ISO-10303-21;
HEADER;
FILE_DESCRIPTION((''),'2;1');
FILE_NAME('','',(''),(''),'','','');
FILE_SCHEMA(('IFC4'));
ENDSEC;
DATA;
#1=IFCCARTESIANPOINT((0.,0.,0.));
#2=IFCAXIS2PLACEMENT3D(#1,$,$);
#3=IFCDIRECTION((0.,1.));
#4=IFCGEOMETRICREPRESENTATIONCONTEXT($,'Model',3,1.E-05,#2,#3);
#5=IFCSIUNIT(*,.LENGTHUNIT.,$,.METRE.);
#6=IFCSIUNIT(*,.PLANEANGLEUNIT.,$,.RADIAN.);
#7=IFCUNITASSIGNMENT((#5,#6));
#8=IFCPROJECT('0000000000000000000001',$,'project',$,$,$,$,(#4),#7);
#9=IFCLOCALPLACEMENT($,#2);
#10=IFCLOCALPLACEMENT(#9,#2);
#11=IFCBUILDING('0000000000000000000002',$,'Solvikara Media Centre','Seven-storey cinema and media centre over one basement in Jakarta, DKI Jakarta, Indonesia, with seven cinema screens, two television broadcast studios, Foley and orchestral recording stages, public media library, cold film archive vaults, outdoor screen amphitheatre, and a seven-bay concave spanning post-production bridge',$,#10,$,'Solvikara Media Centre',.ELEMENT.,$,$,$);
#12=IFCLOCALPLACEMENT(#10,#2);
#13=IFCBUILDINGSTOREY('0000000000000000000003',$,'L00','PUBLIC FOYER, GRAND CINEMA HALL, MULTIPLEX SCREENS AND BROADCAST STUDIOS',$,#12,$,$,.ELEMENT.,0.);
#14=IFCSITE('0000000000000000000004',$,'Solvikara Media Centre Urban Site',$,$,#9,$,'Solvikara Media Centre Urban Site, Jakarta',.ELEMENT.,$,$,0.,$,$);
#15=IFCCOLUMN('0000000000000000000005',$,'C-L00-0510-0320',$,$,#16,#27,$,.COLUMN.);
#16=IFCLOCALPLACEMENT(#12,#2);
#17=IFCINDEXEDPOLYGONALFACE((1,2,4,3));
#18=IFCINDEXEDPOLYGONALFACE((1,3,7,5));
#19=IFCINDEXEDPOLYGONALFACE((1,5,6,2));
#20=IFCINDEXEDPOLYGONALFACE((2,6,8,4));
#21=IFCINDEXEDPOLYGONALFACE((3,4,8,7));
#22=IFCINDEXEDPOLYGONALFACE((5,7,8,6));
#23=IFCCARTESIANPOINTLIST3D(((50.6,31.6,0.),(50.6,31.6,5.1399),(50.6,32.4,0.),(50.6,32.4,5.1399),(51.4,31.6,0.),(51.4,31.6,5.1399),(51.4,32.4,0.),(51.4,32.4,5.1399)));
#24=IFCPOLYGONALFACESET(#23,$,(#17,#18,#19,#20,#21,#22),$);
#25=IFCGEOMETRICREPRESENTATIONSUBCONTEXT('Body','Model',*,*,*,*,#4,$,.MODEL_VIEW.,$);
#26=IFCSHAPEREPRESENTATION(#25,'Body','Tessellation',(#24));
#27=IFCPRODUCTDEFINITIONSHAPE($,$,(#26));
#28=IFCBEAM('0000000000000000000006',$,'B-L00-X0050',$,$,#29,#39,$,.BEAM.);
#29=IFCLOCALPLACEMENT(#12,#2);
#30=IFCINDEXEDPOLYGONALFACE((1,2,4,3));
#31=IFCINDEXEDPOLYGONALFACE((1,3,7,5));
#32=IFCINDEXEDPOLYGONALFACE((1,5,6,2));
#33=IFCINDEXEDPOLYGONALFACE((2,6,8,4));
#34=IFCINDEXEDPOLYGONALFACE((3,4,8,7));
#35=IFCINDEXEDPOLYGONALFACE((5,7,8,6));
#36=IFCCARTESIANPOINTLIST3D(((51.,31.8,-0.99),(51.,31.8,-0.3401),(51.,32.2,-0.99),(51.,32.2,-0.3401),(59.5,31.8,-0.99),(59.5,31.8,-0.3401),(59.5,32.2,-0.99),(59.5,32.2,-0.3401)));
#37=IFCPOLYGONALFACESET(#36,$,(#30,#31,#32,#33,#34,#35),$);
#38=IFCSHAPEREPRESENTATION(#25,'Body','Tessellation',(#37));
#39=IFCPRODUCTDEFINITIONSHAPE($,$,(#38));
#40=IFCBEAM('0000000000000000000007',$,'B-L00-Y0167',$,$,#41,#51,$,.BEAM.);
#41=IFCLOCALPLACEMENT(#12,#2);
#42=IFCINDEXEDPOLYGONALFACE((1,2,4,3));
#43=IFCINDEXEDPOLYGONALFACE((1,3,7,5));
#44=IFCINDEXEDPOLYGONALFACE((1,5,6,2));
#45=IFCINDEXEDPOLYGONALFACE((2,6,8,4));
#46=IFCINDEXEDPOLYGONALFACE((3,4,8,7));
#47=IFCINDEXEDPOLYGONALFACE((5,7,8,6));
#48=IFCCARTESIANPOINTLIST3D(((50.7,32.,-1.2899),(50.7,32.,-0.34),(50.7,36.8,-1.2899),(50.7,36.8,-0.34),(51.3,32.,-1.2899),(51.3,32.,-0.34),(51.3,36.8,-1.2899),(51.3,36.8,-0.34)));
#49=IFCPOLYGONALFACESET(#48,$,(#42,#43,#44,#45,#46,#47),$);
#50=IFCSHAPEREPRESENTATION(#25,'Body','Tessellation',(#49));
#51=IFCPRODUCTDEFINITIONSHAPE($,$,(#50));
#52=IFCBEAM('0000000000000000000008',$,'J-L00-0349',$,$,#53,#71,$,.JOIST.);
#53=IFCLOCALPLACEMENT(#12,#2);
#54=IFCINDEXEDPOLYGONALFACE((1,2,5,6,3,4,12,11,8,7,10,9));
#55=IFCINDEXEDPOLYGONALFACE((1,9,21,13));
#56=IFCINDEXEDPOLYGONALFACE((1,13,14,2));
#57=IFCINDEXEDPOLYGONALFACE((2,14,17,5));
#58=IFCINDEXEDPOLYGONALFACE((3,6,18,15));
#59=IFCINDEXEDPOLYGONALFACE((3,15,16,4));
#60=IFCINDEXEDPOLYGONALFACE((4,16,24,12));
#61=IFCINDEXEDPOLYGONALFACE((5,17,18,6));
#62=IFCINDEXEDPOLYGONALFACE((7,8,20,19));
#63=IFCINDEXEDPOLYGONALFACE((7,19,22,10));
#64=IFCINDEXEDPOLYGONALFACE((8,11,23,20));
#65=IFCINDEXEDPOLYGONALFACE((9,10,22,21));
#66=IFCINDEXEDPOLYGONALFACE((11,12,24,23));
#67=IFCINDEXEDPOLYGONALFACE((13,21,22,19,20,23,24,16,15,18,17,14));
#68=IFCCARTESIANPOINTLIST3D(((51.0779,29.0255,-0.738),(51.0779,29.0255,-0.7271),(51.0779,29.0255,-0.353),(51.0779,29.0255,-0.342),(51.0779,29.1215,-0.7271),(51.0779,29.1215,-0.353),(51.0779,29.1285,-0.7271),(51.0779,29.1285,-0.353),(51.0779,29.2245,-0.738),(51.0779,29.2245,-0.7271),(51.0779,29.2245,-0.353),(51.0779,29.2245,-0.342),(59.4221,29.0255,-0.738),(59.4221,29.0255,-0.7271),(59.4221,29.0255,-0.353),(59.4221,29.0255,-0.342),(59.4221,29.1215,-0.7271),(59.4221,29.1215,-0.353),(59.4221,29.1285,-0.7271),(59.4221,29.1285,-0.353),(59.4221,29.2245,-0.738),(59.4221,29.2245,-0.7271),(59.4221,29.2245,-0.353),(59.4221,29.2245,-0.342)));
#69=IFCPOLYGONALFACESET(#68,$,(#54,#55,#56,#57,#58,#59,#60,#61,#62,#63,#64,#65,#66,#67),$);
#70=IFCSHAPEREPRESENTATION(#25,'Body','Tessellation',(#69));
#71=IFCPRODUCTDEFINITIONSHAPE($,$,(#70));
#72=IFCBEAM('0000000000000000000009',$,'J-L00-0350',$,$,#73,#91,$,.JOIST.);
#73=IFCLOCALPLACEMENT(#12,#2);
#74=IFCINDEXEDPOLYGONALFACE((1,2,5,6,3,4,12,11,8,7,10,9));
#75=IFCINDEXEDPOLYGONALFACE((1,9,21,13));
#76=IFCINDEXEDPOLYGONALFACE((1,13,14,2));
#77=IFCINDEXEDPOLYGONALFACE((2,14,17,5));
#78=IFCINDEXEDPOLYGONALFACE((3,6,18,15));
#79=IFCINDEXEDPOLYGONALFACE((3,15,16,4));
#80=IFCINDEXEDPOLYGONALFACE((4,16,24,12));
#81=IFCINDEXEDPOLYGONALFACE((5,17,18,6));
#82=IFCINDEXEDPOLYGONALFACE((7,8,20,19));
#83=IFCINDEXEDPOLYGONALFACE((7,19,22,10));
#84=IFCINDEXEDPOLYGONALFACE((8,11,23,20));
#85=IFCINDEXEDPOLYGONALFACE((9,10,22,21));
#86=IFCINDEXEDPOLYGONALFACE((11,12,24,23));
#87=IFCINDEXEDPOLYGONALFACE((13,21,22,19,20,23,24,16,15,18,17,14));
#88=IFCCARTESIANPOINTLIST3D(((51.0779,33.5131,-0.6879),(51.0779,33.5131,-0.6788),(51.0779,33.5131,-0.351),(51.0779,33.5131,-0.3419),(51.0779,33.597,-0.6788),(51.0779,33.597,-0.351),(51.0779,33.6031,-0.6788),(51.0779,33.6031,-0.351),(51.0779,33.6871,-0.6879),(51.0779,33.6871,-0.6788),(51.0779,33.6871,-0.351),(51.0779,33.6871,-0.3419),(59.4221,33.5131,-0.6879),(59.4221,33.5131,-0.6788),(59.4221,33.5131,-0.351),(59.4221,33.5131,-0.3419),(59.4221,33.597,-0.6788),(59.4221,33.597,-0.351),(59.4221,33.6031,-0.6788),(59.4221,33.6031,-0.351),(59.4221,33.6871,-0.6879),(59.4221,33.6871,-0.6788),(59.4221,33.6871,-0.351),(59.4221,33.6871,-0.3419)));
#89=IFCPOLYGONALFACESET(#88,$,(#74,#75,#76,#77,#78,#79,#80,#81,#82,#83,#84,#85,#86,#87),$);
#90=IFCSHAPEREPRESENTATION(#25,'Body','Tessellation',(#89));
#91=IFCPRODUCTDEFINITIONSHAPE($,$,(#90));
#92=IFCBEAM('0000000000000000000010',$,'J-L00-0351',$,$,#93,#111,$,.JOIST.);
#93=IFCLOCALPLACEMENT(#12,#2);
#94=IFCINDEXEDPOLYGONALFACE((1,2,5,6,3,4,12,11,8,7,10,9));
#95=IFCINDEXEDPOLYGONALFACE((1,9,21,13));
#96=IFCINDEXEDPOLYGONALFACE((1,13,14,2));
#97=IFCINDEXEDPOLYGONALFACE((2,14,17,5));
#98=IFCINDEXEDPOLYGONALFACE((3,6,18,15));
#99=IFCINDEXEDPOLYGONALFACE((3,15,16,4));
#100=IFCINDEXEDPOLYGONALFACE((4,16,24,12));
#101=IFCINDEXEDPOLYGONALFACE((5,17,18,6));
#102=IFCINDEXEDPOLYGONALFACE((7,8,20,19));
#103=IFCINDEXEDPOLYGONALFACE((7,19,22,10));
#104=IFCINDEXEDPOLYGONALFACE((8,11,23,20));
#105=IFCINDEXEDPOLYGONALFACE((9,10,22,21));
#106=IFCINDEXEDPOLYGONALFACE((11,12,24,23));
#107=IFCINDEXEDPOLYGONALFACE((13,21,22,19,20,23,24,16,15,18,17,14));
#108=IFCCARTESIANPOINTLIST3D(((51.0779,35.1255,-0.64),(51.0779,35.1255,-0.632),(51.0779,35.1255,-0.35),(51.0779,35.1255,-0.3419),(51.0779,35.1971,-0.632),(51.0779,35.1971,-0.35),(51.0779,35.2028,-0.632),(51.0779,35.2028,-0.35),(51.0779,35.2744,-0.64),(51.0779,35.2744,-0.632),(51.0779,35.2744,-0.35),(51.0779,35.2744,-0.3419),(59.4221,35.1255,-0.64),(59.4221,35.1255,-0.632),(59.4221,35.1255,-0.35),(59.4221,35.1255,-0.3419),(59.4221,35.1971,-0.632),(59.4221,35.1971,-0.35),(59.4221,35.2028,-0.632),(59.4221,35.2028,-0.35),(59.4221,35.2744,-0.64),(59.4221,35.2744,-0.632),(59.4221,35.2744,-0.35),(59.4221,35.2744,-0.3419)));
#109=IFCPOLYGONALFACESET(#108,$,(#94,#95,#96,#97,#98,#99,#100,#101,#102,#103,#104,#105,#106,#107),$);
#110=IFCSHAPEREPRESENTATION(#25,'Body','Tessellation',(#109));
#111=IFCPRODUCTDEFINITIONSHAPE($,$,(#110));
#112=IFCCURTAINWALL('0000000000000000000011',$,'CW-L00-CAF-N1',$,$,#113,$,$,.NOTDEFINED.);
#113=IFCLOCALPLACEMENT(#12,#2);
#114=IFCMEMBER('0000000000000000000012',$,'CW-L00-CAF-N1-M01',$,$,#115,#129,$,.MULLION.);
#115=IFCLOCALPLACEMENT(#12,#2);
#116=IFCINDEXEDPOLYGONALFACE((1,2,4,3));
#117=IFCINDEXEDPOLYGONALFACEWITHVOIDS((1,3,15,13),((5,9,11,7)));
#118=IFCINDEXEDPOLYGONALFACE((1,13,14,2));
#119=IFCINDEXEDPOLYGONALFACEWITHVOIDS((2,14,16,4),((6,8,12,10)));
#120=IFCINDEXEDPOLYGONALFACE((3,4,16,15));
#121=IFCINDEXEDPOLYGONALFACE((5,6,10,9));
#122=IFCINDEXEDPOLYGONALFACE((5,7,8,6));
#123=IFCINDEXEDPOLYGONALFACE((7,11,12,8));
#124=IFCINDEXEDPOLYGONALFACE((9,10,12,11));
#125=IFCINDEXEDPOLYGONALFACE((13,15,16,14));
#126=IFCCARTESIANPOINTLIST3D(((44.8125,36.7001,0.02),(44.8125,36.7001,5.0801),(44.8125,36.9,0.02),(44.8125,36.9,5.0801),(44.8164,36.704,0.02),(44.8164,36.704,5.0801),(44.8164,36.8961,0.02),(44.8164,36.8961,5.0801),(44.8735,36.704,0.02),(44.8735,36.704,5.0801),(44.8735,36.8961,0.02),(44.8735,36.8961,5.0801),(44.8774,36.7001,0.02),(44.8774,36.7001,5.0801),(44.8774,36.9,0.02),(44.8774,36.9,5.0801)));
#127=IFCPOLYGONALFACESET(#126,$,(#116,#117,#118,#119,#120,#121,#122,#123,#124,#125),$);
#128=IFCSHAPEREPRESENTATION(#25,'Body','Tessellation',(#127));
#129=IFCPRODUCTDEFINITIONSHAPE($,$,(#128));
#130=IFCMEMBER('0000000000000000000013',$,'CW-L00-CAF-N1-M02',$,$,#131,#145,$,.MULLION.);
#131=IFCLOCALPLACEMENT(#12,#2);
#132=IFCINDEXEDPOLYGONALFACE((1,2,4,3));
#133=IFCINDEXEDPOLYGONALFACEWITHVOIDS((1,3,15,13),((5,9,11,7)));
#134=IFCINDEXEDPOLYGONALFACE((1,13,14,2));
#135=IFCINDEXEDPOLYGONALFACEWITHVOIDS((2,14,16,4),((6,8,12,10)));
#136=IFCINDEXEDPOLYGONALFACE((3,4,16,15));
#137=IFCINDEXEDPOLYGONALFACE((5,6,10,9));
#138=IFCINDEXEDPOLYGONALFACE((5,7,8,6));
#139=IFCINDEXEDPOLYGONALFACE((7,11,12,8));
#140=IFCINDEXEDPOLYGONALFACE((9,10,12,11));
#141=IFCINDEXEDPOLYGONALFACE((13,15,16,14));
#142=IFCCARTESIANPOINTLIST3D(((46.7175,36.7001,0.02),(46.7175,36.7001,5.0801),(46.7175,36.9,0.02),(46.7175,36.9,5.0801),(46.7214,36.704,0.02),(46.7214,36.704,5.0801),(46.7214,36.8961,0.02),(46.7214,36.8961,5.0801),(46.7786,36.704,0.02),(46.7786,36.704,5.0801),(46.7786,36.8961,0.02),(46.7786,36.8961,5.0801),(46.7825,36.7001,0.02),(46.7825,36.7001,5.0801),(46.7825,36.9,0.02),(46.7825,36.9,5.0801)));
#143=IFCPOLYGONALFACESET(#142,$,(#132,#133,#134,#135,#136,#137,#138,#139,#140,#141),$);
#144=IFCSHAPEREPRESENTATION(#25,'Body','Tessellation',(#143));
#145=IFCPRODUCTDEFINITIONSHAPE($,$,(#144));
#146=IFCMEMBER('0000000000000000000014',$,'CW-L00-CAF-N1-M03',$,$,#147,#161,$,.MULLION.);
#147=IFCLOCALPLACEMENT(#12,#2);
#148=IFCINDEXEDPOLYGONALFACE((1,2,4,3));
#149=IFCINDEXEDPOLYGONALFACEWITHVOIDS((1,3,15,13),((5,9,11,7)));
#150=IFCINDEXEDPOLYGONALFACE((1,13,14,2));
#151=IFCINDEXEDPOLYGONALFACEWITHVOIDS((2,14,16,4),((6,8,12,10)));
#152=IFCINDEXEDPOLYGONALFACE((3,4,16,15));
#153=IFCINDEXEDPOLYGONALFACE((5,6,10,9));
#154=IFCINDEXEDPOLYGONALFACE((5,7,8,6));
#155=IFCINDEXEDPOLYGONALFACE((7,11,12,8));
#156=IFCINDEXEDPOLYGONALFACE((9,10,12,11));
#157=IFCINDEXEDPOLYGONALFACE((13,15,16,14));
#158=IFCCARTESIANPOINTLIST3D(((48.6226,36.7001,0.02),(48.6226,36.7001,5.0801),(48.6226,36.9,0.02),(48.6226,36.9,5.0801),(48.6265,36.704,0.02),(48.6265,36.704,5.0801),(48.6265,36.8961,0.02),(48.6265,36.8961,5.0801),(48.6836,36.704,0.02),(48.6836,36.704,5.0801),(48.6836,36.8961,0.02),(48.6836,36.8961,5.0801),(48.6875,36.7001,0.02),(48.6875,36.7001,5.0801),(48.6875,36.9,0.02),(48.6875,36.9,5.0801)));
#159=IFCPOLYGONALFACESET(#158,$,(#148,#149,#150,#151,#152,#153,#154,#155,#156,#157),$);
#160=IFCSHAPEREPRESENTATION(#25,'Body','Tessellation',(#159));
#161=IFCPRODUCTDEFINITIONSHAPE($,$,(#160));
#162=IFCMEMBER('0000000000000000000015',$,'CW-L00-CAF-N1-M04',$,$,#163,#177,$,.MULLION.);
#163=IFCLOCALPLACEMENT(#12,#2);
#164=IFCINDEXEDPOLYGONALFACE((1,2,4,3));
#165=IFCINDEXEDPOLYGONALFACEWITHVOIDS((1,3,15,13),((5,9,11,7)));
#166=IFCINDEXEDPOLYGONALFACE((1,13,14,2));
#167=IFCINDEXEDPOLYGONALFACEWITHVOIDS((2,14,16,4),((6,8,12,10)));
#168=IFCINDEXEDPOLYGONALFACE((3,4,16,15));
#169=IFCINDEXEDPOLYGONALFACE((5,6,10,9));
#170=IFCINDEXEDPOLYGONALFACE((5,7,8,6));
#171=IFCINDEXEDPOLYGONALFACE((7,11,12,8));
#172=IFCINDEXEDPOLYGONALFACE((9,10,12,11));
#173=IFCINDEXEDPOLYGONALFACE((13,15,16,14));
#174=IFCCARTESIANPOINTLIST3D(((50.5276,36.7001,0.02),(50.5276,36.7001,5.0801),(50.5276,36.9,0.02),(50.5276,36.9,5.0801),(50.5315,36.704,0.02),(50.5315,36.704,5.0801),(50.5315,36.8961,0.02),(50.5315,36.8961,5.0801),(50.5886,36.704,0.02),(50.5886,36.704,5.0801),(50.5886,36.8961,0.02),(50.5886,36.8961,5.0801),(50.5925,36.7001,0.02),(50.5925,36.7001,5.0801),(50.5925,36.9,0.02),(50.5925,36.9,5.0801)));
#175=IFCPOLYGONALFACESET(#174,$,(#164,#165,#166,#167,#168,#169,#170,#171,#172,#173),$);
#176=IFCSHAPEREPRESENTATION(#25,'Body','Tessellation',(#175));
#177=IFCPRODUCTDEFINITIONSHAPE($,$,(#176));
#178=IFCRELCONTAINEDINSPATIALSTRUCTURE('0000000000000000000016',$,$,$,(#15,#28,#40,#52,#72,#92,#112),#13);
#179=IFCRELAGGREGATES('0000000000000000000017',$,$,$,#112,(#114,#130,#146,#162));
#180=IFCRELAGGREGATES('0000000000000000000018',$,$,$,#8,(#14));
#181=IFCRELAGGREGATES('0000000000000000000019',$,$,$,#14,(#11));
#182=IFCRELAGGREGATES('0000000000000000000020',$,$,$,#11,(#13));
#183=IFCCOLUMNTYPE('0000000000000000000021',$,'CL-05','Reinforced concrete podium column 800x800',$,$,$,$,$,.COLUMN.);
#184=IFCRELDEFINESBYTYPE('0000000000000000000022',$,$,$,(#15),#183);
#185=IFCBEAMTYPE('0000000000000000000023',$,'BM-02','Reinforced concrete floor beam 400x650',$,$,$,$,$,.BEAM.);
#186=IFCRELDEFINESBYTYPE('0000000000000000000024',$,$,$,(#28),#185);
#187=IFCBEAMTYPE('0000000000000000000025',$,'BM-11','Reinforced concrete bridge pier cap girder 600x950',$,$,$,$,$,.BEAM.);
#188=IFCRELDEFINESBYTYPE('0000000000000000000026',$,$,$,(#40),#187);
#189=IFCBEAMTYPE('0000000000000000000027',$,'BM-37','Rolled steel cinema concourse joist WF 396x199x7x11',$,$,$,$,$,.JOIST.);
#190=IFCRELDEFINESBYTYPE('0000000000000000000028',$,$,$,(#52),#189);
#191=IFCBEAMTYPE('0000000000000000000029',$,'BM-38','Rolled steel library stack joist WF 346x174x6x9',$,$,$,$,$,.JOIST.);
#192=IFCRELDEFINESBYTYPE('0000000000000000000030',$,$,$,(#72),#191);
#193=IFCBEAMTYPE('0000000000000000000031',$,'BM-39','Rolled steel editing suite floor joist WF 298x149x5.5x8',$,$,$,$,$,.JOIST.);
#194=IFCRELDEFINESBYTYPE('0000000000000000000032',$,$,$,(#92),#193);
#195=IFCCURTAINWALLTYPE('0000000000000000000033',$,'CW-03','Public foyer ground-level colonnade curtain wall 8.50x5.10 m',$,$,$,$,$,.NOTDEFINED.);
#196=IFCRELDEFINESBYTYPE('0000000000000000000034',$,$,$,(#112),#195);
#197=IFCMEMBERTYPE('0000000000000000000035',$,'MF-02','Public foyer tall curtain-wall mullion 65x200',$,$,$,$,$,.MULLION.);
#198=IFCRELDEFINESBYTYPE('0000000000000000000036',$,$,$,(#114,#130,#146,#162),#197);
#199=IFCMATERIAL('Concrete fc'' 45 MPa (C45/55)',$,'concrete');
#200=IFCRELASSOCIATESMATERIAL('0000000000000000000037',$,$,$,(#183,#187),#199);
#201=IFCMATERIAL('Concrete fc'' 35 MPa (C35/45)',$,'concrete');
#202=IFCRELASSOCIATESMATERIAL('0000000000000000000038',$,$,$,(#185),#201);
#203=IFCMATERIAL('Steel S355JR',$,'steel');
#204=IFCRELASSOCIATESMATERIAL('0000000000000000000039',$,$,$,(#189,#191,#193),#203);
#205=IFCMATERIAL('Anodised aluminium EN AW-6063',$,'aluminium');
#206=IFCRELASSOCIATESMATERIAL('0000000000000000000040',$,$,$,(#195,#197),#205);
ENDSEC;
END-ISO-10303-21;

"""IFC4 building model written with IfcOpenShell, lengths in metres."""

from ifc_helpers import new_model, si_unit, direction, frame, origin, origin_2d, place, context, subcontext, project, spatial, rectangle, hollow_rectangle, i_section, extrude, material, material_profile, profile_set, type_object, element, aggregate, save


model = new_model("IFC4")

# Units and contexts
model_context = context("Model", 3, precision=1e-05, world=origin(), true_north=direction((0.0, 1.0)))
body_context = subcontext(model_context, "Body", "Model", "MODEL_VIEW")
ifc_project = project(units=[si_unit("LENGTHUNIT", "METRE"), si_unit("PLANEANGLEUNIT", "RADIAN")], contexts=[model_context])

# Site, building, storey
site_placement = place(None, origin())
site = spatial("IfcSite", under=ifc_project, at=site_placement, Name="Solvikara Media Centre Urban Site", LongName="Solvikara Media Centre Urban Site, Jakarta", CompositionType="ELEMENT", RefElevation=0.0)
building_placement = place(site_placement, origin())
building = spatial("IfcBuilding", under=site, at=building_placement, Name="Solvikara Media Centre", Description="Seven-storey cinema and media centre over one basement in Jakarta, DKI Jakarta, Indonesia, with seven cinema screens, two television broadcast studios, Foley and orchestral recording stages, public media library, cold film archive vaults, outdoor screen amphitheatre, and a seven-bay concave spanning post-production bridge", LongName="Solvikara Media Centre", CompositionType="ELEMENT")
storey_placement = place(building_placement, origin())
storey = spatial("IfcBuildingStorey", under=building, at=storey_placement, Name="L00", Description="PUBLIC FOYER, GRAND CINEMA HALL, MULTIPLEX SCREENS AND BROADCAST STUDIOS", CompositionType="ELEMENT", Elevation=0.0)

# Column
ifc_material_1 = material(Name="Concrete fc' 45 MPa (C45/55)", Category="concrete")
ifc_material_profile_1 = material_profile(ifc_material_1, rectangle(XDim=0.8, YDim=0.8, at=origin_2d()), Name="RC 800x800")
ifc_profile_set_1 = profile_set([ifc_material_profile_1], Name="Concrete fc' 45 MPa (C45/55)")
column_type = type_object("IfcColumnType", Name="CL-05", Description="Reinforced concrete podium column 800x800", PredefinedType="COLUMN", material=ifc_profile_set_1)
column_placement = place(storey_placement, frame((51.0, 32.0, 0.0), z_axis=(0.0, 0.0, 1.0), x_axis=(1.0, 0.0, 0.0)))
element("IfcColumn", 1, at=column_placement, inside=storey, type_object=column_type, Name="C-L00-0510-0320", PredefinedType="COLUMN", context=body_context, shape_type="SweptSolid", body=[
    extrude(rectangle(XDim=0.8, YDim=0.8, at=origin_2d()), origin(), (0.0, 0.0, 1.0), 5.1399),
])

# Beams
ifc_material_2 = material(Name="Concrete fc' 35 MPa (C35/45)", Category="concrete")
ifc_material_profile_2 = material_profile(ifc_material_2, rectangle(XDim=0.3999, YDim=0.6499, at=origin_2d()), Name="RC 400x650")
ifc_profile_set_2 = profile_set([ifc_material_profile_2], Name="Concrete fc' 35 MPa (C35/45)")
beam_type_1 = type_object("IfcBeamType", Name="BM-02", Description="Reinforced concrete floor beam 400x650", PredefinedType="BEAM", material=ifc_profile_set_2)
beam_1_placement = place(storey_placement, frame((51.0, 32.0, -0.665), z_axis=(1.0, 0.0, 0.0), x_axis=(0.0, 1.0, 0.0)))
element("IfcBeam", 2, at=beam_1_placement, inside=storey, type_object=beam_type_1, Name="B-L00-X0050", PredefinedType="BEAM", context=body_context, shape_type="SweptSolid", body=[
    extrude(rectangle(XDim=0.3999, YDim=0.6499, at=origin_2d()), origin(), (0.0, 0.0, 1.0), 8.5),
])
ifc_material_profile_3 = material_profile(ifc_material_1, rectangle(XDim=0.6001, YDim=0.95, at=origin_2d()), Name="RC 600x950")
ifc_profile_set_3 = profile_set([ifc_material_profile_3], Name="Concrete fc' 45 MPa (C45/55)")
beam_type_2 = type_object("IfcBeamType", Name="BM-11", Description="Reinforced concrete bridge pier cap girder 600x950", PredefinedType="BEAM", material=ifc_profile_set_3)
beam_2_placement = place(storey_placement, frame((51.0, 32.0, -0.8149), z_axis=(0.0, 1.0, 0.0), x_axis=(-1.0, 0.0, 0.0)))
element("IfcBeam", 3, at=beam_2_placement, inside=storey, type_object=beam_type_2, Name="B-L00-Y0167", PredefinedType="BEAM", context=body_context, shape_type="SweptSolid", body=[
    extrude(rectangle(XDim=0.6001, YDim=0.95, at=origin_2d()), origin(), (0.0, 0.0, 1.0), 4.8),
])
ifc_material_3 = material(Name="Steel S355JR", Category="steel")
ifc_material_profile_4 = material_profile(ifc_material_3, i_section(OverallWidth=0.199, OverallDepth=0.396, WebThickness=0.0071, FlangeThickness=0.011, at=origin_2d()), Name="WF 396x199x7x11")
ifc_profile_set_4 = profile_set([ifc_material_profile_4], Name="Steel S355JR")
beam_type_3 = type_object("IfcBeamType", Name="BM-37", Description="Rolled steel cinema concourse joist WF 396x199x7x11", PredefinedType="JOIST", material=ifc_profile_set_4)
beam_3_placement = place(storey_placement, frame((51.0779, 29.125, -0.54), z_axis=(1.0, 0.0, 0.0), x_axis=(0.0, 1.0, 0.0)))
element("IfcBeam", 4, at=beam_3_placement, inside=storey, type_object=beam_type_3, Name="J-L00-0349", PredefinedType="JOIST", context=body_context, shape_type="SweptSolid", body=[
    extrude(i_section(OverallWidth=0.199, OverallDepth=0.396, WebThickness=0.0071, FlangeThickness=0.011, at=origin_2d()), origin(), (0.0, 0.0, 1.0), 8.3442),
])
ifc_material_profile_5 = material_profile(ifc_material_3, i_section(OverallWidth=0.1741, OverallDepth=0.3459, WebThickness=0.0061, FlangeThickness=0.009, at=origin_2d()), Name="WF 346x174x6x9")
ifc_profile_set_5 = profile_set([ifc_material_profile_5], Name="Steel S355JR")
beam_type_4 = type_object("IfcBeamType", Name="BM-38", Description="Rolled steel library stack joist WF 346x174x6x9", PredefinedType="JOIST", material=ifc_profile_set_5)
beam_4_placement = place(storey_placement, frame((51.0779, 33.6001, -0.5149), z_axis=(1.0, 0.0, 0.0), x_axis=(0.0, 1.0, 0.0)))
element("IfcBeam", 5, at=beam_4_placement, inside=storey, type_object=beam_type_4, Name="J-L00-0350", PredefinedType="JOIST", context=body_context, shape_type="SweptSolid", body=[
    extrude(i_section(OverallWidth=0.1741, OverallDepth=0.3459, WebThickness=0.0061, FlangeThickness=0.009, at=origin_2d()), origin(), (0.0, 0.0, 1.0), 8.3442),
])
ifc_material_profile_6 = material_profile(ifc_material_3, i_section(OverallWidth=0.1489, OverallDepth=0.2981, WebThickness=0.0056, FlangeThickness=0.0081, at=origin_2d()), Name="WF 298x149x5.5x8")
ifc_profile_set_6 = profile_set([ifc_material_profile_6], Name="Steel S355JR")
beam_type_5 = type_object("IfcBeamType", Name="BM-39", Description="Rolled steel editing suite floor joist WF 298x149x5.5x8", PredefinedType="JOIST", material=ifc_profile_set_6)
beam_5_placement = place(storey_placement, frame((51.0779, 35.2, -0.491), z_axis=(1.0, 0.0, 0.0), x_axis=(0.0, 1.0, 0.0)))
element("IfcBeam", 6, at=beam_5_placement, inside=storey, type_object=beam_type_5, Name="J-L00-0351", PredefinedType="JOIST", context=body_context, shape_type="SweptSolid", body=[
    extrude(i_section(OverallWidth=0.1489, OverallDepth=0.2981, WebThickness=0.0056, FlangeThickness=0.0081, at=origin_2d()), origin(), (0.0, 0.0, 1.0), 8.3442),
])

# Curtain wall, members
ifc_material_4 = material(Name="Anodised aluminium EN AW-6063", Category="aluminium")
curtain_wall_type = type_object("IfcCurtainWallType", Name="CW-03", Description="Public foyer ground-level colonnade curtain wall 8.50x5.10 m", PredefinedType="NOTDEFINED", material=ifc_material_4)
curtain_wall_placement = place(storey_placement, origin())
curtain_wall = element("IfcCurtainWall", 7, at=curtain_wall_placement, inside=storey, type_object=curtain_wall_type, Name="CW-L00-CAF-N1", PredefinedType="NOTDEFINED")
ifc_material_profile_7 = material_profile(ifc_material_4, hollow_rectangle(XDim=0.0649, YDim=0.2, WallThickness=0.0039, at=origin_2d()), Name="ALU-M 65x200x4")
ifc_profile_set_7 = profile_set([ifc_material_profile_7], Name="Anodised aluminium EN AW-6063")
member_type_1 = type_object("IfcMemberType", Name="MF-02", Description="Public foyer tall curtain-wall mullion 65x200", PredefinedType="MULLION", material=ifc_profile_set_7)
member_1_placement = place(storey_placement, frame((44.845, 36.8, 0.02), z_axis=(0.0, 0.0, 1.0), x_axis=(1.0, 0.0, 0.0)))
member_1 = element("IfcMember", 8, at=member_1_placement, type_object=member_type_1, Name="CW-L00-CAF-N1-M01", PredefinedType="MULLION", context=body_context, shape_type="SweptSolid", body=[
    extrude(hollow_rectangle(XDim=0.0649, YDim=0.2, WallThickness=0.0039, at=origin_2d()), origin(), (0.0, 0.0, 1.0), 5.0601),
])
member_2_placement = place(storey_placement, frame((46.75, 36.8, 0.02), z_axis=(0.0, 0.0, 1.0), x_axis=(1.0, 0.0, 0.0)))
member_2 = element("IfcMember", 9, at=member_2_placement, type_object=member_type_1, Name="CW-L00-CAF-N1-M02", PredefinedType="MULLION", context=body_context, shape_type="SweptSolid", body=[
    extrude(hollow_rectangle(XDim=0.0649, YDim=0.2, WallThickness=0.0039, at=origin_2d()), origin(), (0.0, 0.0, 1.0), 5.0601),
])
member_3_placement = place(storey_placement, frame((48.655, 36.8, 0.02), z_axis=(0.0, 0.0, 1.0), x_axis=(1.0, 0.0, 0.0)))
member_3 = element("IfcMember", 10, at=member_3_placement, type_object=member_type_1, Name="CW-L00-CAF-N1-M03", PredefinedType="MULLION", context=body_context, shape_type="SweptSolid", body=[
    extrude(hollow_rectangle(XDim=0.0649, YDim=0.2, WallThickness=0.0039, at=origin_2d()), origin(), (0.0, 0.0, 1.0), 5.0601),
])
member_4_placement = place(storey_placement, frame((50.5601, 36.8, 0.02), z_axis=(0.0, 0.0, 1.0), x_axis=(1.0, 0.0, 0.0)))
member_4 = element("IfcMember", 11, at=member_4_placement, type_object=member_type_1, Name="CW-L00-CAF-N1-M04", PredefinedType="MULLION", context=body_context, shape_type="SweptSolid", body=[
    extrude(hollow_rectangle(XDim=0.0649, YDim=0.2, WallThickness=0.0039, at=origin_2d()), origin(), (0.0, 0.0, 1.0), 5.0601),
])
aggregate(curtain_wall, [member_1, member_2, member_3, member_4])

save(model, "model.ifc")
